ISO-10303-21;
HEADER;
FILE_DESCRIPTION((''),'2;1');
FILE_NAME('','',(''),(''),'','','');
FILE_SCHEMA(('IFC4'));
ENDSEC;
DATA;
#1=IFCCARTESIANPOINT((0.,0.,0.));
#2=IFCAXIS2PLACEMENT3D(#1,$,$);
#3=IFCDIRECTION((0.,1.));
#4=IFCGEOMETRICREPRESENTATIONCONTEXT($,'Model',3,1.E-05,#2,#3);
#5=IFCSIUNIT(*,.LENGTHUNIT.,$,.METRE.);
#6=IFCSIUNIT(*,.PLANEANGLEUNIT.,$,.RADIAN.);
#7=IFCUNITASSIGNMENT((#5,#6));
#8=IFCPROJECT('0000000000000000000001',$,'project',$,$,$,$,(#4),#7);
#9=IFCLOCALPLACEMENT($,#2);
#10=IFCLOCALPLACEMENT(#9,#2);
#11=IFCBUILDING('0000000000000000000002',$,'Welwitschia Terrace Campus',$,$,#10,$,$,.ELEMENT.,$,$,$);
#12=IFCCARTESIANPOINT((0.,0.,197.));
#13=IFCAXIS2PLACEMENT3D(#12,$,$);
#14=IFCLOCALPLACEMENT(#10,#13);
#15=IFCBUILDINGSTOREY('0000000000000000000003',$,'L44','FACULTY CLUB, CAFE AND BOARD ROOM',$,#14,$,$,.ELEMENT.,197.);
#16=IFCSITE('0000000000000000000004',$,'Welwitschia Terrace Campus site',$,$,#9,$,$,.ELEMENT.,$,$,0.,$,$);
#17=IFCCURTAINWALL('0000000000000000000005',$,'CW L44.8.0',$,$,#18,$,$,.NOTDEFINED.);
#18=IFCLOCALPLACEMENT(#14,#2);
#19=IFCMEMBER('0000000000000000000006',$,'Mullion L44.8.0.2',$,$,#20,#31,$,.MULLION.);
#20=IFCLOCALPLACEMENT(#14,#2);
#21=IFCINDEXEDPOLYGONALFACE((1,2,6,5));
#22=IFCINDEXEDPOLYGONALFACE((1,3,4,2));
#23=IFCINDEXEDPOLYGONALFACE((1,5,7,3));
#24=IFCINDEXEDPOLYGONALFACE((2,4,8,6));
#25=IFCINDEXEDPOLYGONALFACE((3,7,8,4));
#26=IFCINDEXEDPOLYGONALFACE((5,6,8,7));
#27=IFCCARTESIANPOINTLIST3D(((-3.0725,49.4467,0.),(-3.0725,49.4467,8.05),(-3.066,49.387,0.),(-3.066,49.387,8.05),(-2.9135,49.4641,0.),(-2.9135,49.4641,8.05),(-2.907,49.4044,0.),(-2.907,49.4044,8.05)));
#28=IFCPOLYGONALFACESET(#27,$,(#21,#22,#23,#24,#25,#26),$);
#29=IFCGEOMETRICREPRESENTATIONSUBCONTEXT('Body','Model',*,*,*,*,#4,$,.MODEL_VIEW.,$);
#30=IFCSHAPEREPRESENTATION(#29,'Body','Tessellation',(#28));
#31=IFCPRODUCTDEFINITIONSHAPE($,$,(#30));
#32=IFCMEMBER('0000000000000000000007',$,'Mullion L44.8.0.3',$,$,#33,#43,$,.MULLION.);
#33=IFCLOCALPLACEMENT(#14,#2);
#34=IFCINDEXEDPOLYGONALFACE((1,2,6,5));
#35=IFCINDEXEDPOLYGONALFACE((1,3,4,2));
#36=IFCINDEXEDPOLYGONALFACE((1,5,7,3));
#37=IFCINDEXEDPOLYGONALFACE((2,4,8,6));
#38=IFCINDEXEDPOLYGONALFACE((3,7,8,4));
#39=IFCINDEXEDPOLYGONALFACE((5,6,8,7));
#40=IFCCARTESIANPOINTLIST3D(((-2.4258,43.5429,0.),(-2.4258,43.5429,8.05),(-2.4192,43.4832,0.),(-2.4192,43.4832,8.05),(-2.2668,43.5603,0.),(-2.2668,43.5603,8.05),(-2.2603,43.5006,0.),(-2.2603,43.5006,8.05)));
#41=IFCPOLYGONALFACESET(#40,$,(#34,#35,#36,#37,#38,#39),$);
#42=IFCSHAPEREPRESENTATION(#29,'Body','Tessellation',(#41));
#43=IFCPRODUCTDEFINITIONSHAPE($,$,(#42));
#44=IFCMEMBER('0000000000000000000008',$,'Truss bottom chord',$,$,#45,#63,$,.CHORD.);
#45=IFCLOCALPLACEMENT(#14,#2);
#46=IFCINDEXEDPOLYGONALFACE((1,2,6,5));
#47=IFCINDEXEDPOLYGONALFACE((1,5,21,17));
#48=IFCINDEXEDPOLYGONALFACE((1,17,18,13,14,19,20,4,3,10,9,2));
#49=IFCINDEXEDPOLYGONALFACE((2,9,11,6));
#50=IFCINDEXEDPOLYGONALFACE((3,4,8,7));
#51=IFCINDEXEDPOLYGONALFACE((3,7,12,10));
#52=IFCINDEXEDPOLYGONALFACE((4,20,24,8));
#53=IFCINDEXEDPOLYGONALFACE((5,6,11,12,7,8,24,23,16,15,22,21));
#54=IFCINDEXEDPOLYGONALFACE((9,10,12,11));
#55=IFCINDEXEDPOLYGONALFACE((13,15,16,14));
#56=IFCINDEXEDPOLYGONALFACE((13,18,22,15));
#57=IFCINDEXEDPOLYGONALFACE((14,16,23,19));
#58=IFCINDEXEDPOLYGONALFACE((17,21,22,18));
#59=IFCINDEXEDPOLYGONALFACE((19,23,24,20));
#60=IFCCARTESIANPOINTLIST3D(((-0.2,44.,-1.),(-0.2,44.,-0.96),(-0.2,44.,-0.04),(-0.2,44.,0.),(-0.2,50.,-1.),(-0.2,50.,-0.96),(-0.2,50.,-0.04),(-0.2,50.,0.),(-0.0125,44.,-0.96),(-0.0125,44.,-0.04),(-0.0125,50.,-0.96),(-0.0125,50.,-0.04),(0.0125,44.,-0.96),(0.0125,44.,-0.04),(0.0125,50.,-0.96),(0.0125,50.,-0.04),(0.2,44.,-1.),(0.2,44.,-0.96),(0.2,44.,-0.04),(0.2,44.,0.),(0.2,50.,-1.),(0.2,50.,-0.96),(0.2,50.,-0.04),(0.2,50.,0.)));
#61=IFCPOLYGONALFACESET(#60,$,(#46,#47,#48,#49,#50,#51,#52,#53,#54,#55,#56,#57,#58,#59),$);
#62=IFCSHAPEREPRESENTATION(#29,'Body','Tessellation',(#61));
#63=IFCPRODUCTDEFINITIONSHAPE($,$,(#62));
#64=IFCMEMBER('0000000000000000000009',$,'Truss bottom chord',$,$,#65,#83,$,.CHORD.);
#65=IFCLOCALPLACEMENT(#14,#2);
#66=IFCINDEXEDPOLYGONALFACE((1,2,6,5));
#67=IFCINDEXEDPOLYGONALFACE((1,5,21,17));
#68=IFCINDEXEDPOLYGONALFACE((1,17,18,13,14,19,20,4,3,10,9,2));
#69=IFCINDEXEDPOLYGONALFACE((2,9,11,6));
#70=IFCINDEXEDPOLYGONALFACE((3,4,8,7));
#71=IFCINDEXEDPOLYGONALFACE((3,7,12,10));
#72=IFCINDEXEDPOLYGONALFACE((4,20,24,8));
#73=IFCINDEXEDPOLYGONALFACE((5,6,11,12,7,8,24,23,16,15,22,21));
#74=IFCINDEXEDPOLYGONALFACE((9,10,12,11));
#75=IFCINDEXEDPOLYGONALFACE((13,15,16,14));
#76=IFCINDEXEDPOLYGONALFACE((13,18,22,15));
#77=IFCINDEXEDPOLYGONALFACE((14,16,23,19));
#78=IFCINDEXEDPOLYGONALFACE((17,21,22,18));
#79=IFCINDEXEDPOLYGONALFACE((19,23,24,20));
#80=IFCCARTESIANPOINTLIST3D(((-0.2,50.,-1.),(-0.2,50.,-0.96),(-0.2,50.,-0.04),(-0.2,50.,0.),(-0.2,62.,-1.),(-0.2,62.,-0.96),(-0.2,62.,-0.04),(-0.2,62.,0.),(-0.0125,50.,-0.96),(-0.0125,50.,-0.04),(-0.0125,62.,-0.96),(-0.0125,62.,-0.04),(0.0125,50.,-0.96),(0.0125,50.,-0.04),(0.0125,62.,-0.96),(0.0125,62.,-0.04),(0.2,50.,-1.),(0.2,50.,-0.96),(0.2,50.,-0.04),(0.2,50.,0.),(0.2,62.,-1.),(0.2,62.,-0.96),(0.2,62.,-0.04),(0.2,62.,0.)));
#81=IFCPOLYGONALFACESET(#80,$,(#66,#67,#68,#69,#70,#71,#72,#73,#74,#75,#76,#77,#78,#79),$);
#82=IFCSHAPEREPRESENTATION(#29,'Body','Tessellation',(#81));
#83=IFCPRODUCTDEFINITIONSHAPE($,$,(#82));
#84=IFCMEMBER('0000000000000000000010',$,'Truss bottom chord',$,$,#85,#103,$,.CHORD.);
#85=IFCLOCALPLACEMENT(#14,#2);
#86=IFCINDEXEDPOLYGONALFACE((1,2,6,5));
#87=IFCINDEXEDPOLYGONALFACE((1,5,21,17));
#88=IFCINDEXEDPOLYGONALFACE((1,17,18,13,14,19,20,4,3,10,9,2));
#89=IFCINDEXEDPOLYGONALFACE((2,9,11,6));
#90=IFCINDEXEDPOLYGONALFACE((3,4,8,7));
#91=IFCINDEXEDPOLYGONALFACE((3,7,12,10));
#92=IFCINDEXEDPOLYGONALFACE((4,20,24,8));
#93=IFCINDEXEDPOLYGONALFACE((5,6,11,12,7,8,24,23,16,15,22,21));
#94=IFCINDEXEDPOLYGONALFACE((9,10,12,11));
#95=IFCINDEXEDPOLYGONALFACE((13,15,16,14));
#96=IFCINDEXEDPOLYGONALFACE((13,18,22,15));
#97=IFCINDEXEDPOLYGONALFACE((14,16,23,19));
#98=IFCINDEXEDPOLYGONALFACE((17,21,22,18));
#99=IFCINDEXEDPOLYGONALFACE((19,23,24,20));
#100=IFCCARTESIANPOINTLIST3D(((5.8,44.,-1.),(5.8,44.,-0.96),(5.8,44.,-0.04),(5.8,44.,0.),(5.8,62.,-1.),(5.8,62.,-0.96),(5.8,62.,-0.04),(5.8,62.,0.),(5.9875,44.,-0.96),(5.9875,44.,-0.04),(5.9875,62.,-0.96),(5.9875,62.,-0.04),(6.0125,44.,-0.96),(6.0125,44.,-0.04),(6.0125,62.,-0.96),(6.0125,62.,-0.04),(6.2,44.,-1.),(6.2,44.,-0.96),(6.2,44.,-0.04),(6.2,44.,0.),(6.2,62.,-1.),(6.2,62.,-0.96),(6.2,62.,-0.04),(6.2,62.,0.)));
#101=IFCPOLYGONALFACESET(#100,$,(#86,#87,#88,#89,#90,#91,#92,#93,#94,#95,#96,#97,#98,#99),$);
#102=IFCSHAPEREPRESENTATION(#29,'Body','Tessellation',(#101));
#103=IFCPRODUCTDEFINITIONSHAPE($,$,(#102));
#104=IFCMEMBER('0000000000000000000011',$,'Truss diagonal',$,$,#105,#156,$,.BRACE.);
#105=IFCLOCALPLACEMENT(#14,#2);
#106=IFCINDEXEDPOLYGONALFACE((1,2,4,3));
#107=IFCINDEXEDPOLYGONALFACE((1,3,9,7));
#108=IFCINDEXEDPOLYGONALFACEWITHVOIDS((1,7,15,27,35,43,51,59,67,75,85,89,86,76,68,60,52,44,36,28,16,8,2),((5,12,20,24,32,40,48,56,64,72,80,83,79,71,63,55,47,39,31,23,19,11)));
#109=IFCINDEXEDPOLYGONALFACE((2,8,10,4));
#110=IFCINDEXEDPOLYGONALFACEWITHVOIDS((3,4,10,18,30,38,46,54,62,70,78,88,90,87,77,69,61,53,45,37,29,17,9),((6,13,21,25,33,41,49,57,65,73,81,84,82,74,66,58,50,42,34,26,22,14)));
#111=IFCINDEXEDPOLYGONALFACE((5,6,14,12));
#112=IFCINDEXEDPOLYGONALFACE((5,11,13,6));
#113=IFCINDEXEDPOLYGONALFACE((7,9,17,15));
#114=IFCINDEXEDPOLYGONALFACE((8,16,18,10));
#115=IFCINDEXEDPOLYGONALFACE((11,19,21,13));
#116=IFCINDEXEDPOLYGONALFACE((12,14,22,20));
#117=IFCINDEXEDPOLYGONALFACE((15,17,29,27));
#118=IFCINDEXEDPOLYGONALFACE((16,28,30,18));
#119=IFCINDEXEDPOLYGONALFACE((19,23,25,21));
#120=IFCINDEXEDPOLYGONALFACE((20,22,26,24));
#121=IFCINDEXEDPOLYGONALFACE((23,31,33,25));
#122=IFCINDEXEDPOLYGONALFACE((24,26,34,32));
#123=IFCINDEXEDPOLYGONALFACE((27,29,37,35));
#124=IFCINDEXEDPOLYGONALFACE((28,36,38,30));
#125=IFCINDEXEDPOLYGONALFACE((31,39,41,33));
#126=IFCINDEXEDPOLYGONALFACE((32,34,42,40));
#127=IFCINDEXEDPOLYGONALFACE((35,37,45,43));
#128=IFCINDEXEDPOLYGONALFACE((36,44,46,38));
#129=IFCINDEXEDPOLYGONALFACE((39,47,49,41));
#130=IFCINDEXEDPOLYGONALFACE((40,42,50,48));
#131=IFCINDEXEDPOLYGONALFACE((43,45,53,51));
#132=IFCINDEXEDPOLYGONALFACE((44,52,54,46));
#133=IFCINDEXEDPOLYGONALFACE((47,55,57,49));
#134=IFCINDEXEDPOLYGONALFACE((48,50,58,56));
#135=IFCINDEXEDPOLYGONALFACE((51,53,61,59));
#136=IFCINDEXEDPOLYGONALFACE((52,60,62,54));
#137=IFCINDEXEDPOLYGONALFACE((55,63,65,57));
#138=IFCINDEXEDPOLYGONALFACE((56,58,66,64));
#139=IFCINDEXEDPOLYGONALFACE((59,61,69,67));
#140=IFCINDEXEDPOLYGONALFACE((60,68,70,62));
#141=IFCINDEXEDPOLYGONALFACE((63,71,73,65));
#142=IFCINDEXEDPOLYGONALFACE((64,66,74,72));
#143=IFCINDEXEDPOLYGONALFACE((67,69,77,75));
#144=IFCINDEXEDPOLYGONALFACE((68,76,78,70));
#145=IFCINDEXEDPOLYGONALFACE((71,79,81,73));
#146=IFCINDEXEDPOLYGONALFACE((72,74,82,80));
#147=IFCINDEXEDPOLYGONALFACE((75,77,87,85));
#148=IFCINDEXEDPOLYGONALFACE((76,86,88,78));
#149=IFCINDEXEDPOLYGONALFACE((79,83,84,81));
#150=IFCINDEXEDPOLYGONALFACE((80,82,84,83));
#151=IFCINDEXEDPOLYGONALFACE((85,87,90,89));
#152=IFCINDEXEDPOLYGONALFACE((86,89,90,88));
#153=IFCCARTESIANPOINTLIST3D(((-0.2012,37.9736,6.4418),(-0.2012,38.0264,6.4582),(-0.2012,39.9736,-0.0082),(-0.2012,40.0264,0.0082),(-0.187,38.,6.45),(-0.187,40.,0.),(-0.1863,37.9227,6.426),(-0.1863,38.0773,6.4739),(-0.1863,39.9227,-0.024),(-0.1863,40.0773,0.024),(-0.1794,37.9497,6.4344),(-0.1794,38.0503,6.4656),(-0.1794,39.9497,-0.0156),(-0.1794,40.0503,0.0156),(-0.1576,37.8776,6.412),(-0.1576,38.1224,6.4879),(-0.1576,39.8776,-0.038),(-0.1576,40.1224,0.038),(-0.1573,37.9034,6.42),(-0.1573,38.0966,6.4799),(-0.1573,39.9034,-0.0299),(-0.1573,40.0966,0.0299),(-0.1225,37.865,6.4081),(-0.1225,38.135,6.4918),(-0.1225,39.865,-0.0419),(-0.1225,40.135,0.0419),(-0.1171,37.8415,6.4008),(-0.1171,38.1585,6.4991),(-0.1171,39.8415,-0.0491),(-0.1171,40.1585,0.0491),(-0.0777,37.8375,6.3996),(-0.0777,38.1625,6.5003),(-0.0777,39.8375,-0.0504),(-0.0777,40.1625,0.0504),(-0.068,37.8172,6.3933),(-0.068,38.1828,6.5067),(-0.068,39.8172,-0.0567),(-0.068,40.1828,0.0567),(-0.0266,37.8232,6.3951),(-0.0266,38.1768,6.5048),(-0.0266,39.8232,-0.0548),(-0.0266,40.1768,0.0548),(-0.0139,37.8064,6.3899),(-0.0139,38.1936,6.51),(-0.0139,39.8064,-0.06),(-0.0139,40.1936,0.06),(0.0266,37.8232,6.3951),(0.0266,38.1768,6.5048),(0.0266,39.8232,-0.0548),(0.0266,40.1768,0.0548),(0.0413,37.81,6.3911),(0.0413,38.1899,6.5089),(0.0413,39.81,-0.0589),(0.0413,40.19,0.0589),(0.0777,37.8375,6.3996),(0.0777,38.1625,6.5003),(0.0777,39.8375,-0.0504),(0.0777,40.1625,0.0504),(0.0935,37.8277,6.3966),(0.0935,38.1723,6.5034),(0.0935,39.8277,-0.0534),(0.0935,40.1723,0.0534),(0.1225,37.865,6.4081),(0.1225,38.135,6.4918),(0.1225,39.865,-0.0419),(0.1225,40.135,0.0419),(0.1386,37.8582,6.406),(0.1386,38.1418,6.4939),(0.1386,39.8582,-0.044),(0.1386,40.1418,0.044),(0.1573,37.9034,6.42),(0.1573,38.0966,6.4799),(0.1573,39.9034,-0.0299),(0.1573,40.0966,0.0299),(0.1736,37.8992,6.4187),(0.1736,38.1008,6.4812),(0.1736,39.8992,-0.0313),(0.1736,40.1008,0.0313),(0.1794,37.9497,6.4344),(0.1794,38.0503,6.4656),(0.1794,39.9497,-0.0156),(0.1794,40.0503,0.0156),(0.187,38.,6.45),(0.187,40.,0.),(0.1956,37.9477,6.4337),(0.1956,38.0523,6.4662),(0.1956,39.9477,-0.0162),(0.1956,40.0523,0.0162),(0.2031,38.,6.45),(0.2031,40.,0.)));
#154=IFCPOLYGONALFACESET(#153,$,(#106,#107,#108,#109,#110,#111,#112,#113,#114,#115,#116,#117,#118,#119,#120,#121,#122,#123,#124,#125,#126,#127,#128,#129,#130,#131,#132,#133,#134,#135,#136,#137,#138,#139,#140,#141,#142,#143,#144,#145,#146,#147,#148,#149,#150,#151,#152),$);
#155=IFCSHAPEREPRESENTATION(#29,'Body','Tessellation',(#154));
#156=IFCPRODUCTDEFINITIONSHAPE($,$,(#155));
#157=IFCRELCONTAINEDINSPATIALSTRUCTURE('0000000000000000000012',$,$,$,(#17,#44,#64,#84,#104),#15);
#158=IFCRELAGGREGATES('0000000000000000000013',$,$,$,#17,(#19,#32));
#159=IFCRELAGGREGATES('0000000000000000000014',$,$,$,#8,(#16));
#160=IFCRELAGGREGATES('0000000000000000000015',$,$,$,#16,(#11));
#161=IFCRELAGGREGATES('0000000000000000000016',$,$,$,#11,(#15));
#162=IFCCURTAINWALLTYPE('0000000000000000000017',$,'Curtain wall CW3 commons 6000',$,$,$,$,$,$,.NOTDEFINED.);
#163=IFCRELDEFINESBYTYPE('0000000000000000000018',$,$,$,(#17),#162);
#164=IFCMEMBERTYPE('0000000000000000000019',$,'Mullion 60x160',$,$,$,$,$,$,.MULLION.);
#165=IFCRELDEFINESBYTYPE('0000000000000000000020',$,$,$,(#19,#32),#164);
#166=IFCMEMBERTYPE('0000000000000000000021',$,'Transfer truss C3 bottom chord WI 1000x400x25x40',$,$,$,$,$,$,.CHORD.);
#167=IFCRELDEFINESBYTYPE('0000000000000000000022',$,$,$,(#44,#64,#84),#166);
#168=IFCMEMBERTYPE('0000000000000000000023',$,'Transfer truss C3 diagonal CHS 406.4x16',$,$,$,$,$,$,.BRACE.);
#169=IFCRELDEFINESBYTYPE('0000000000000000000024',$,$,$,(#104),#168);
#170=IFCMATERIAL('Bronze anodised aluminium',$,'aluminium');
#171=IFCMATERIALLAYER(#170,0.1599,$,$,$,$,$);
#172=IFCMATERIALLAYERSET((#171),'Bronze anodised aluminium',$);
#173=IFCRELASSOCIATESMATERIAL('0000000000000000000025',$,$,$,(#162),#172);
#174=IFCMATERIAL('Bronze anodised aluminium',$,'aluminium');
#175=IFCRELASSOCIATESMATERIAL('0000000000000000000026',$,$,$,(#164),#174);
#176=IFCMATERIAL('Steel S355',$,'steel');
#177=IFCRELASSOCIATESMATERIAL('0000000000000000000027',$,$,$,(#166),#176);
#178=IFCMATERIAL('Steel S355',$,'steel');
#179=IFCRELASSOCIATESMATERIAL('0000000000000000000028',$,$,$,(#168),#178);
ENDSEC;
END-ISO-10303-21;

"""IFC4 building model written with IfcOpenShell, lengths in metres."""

from ifc_helpers import new_model, si_unit, direction, frame, origin, origin_2d, place, context, subcontext, project, spatial, rectangle, hollow_circle, i_section, extrude, material, layer, layer_set, material_profile, profile_set, type_object, element, aggregate, save


model = new_model("IFC4")

# Units and contexts
model_context = context("Model", 3, precision=1e-05, world=origin(), true_north=direction((0.0, 1.0)))
body_context = subcontext(model_context, "Body", "Model", "MODEL_VIEW")
ifc_project = project(units=[si_unit("LENGTHUNIT", "METRE"), si_unit("PLANEANGLEUNIT", "RADIAN")], contexts=[model_context])

# Site, building, storey
site_placement = place(None, origin())
site = spatial("IfcSite", under=ifc_project, at=site_placement, Name="Welwitschia Terrace Campus site", CompositionType="ELEMENT", RefElevation=0.0)
building_placement = place(site_placement, origin())
building = spatial("IfcBuilding", under=site, at=building_placement, Name="Welwitschia Terrace Campus", CompositionType="ELEMENT")
storey_placement = place(building_placement, frame((0.0, 0.0, 197.0)))
storey = spatial("IfcBuildingStorey", under=building, at=storey_placement, Name="L44", Description="FACULTY CLUB, CAFE AND BOARD ROOM", CompositionType="ELEMENT", Elevation=197.0)

# Curtain wall, members
ifc_material_1 = material(Name="Bronze anodised aluminium", Category="aluminium")
ifc_layer_1 = layer(ifc_material_1, 0.1599)
ifc_layer_set_1 = layer_set([ifc_layer_1], Name="Bronze anodised aluminium")
curtain_wall_type = type_object("IfcCurtainWallType", Name="Curtain wall CW3 commons 6000", PredefinedType="NOTDEFINED", material=ifc_layer_set_1)
curtain_wall_placement = place(storey_placement, origin())
curtain_wall = element("IfcCurtainWall", 1, at=curtain_wall_placement, inside=storey, type_object=curtain_wall_type, Name="CW L44.8.0", PredefinedType="NOTDEFINED")
ifc_material_2 = material(Name="Bronze anodised aluminium", Category="aluminium")
ifc_material_profile_1 = material_profile(ifc_material_2, rectangle(XDim=0.1599, YDim=0.0601, at=origin_2d()))
ifc_profile_set_1 = profile_set([ifc_material_profile_1], Name="Bronze anodised aluminium")
member_type_1 = type_object("IfcMemberType", Name="Mullion 60x160", PredefinedType="MULLION", material=ifc_profile_set_1)
member_1_placement = place(storey_placement, frame((-2.9897, 49.4255, 0.0), z_axis=(0.0, 0.0, 1.0), x_axis=(0.994056, 0.108867, 0.0)))
member_1 = element("IfcMember", 2, at=member_1_placement, type_object=member_type_1, Name="Mullion L44.8.0.2", PredefinedType="MULLION", context=body_context, shape_type="SweptSolid", body=[
    extrude(rectangle(XDim=0.1599, YDim=0.0601, at=origin_2d()), origin(), (0.0, 0.0, 1.0), 8.05),
])
member_2_placement = place(storey_placement, frame((-2.343, 43.5217, 0.0), z_axis=(0.0, 0.0, 1.0), x_axis=(0.994056, 0.108867, 0.0)))
member_2 = element("IfcMember", 3, at=member_2_placement, type_object=member_type_1, Name="Mullion L44.8.0.3", PredefinedType="MULLION", context=body_context, shape_type="SweptSolid", body=[
    extrude(rectangle(XDim=0.1599, YDim=0.0601, at=origin_2d()), origin(), (0.0, 0.0, 1.0), 8.05),
])

# Members
ifc_material_3 = material(Name="Steel S355", Category="steel")
ifc_material_profile_2 = material_profile(ifc_material_3, i_section(OverallWidth=0.3999, OverallDepth=1.0, WebThickness=0.0249, FlangeThickness=0.04, at=origin_2d()))
ifc_profile_set_2 = profile_set([ifc_material_profile_2], Name="Steel S355")
member_type_2 = type_object("IfcMemberType", Name="Transfer truss C3 bottom chord WI 1000x400x25x40", PredefinedType="CHORD", material=ifc_profile_set_2)
member_3_placement = place(storey_placement, frame((0.0, 44.0, -0.5), z_axis=(0.0, 1.0, 0.0), x_axis=(-1.0, 0.0, 0.0)))
element("IfcMember", 4, at=member_3_placement, inside=storey, type_object=member_type_2, Name="Truss bottom chord", PredefinedType="CHORD", context=body_context, shape_type="SweptSolid", body=[
    extrude(i_section(OverallWidth=0.3999, OverallDepth=1.0, WebThickness=0.0249, FlangeThickness=0.04, at=origin_2d()), origin(), (0.0, 0.0, 1.0), 6.0),
])
member_4_placement = place(storey_placement, frame((0.0, 50.0, -0.5), z_axis=(0.0, 1.0, 0.0), x_axis=(-1.0, 0.0, 0.0)))
element("IfcMember", 5, at=member_4_placement, inside=storey, type_object=member_type_2, Name="Truss bottom chord", PredefinedType="CHORD", context=body_context, shape_type="SweptSolid", body=[
    extrude(i_section(OverallWidth=0.3999, OverallDepth=1.0, WebThickness=0.0249, FlangeThickness=0.04, at=origin_2d()), origin(), (0.0, 0.0, 1.0), 12.0),
])
member_5_placement = place(storey_placement, frame((6.0, 44.0, -0.5), z_axis=(0.0, 1.0, 0.0), x_axis=(-1.0, 0.0, 0.0)))
element("IfcMember", 6, at=member_5_placement, inside=storey, type_object=member_type_2, Name="Truss bottom chord", PredefinedType="CHORD", context=body_context, shape_type="SweptSolid", body=[
    extrude(i_section(OverallWidth=0.3999, OverallDepth=1.0, WebThickness=0.0249, FlangeThickness=0.04, at=origin_2d()), origin(), (0.0, 0.0, 1.0), 18.0),
])
ifc_material_4 = material(Name="Steel S355", Category="steel")
ifc_material_profile_3 = material_profile(ifc_material_4, hollow_circle(Radius=0.2031, WallThickness=0.0161, at=origin_2d()))
ifc_profile_set_3 = profile_set([ifc_material_profile_3], Name="Steel S355")
member_type_3 = type_object("IfcMemberType", Name="Transfer truss C3 diagonal CHS 406.4x16", PredefinedType="BRACE", material=ifc_profile_set_3)
member_6_placement = place(storey_placement, frame((0.0, 40.0, 0.0), z_axis=(0.0, -0.296168, 0.955136), x_axis=(1.0, 0.0, 0.0)))
element("IfcMember", 7, at=member_6_placement, inside=storey, type_object=member_type_3, Name="Truss diagonal", PredefinedType="BRACE", context=body_context, shape_type="SweptSolid", body=[
    extrude(hollow_circle(Radius=0.2031, WallThickness=0.0161, at=origin_2d()), origin(), (0.0, 0.0, 1.0), 6.7529),
])

aggregate(curtain_wall, [member_1, member_2])

save(model, "model.ifc")
